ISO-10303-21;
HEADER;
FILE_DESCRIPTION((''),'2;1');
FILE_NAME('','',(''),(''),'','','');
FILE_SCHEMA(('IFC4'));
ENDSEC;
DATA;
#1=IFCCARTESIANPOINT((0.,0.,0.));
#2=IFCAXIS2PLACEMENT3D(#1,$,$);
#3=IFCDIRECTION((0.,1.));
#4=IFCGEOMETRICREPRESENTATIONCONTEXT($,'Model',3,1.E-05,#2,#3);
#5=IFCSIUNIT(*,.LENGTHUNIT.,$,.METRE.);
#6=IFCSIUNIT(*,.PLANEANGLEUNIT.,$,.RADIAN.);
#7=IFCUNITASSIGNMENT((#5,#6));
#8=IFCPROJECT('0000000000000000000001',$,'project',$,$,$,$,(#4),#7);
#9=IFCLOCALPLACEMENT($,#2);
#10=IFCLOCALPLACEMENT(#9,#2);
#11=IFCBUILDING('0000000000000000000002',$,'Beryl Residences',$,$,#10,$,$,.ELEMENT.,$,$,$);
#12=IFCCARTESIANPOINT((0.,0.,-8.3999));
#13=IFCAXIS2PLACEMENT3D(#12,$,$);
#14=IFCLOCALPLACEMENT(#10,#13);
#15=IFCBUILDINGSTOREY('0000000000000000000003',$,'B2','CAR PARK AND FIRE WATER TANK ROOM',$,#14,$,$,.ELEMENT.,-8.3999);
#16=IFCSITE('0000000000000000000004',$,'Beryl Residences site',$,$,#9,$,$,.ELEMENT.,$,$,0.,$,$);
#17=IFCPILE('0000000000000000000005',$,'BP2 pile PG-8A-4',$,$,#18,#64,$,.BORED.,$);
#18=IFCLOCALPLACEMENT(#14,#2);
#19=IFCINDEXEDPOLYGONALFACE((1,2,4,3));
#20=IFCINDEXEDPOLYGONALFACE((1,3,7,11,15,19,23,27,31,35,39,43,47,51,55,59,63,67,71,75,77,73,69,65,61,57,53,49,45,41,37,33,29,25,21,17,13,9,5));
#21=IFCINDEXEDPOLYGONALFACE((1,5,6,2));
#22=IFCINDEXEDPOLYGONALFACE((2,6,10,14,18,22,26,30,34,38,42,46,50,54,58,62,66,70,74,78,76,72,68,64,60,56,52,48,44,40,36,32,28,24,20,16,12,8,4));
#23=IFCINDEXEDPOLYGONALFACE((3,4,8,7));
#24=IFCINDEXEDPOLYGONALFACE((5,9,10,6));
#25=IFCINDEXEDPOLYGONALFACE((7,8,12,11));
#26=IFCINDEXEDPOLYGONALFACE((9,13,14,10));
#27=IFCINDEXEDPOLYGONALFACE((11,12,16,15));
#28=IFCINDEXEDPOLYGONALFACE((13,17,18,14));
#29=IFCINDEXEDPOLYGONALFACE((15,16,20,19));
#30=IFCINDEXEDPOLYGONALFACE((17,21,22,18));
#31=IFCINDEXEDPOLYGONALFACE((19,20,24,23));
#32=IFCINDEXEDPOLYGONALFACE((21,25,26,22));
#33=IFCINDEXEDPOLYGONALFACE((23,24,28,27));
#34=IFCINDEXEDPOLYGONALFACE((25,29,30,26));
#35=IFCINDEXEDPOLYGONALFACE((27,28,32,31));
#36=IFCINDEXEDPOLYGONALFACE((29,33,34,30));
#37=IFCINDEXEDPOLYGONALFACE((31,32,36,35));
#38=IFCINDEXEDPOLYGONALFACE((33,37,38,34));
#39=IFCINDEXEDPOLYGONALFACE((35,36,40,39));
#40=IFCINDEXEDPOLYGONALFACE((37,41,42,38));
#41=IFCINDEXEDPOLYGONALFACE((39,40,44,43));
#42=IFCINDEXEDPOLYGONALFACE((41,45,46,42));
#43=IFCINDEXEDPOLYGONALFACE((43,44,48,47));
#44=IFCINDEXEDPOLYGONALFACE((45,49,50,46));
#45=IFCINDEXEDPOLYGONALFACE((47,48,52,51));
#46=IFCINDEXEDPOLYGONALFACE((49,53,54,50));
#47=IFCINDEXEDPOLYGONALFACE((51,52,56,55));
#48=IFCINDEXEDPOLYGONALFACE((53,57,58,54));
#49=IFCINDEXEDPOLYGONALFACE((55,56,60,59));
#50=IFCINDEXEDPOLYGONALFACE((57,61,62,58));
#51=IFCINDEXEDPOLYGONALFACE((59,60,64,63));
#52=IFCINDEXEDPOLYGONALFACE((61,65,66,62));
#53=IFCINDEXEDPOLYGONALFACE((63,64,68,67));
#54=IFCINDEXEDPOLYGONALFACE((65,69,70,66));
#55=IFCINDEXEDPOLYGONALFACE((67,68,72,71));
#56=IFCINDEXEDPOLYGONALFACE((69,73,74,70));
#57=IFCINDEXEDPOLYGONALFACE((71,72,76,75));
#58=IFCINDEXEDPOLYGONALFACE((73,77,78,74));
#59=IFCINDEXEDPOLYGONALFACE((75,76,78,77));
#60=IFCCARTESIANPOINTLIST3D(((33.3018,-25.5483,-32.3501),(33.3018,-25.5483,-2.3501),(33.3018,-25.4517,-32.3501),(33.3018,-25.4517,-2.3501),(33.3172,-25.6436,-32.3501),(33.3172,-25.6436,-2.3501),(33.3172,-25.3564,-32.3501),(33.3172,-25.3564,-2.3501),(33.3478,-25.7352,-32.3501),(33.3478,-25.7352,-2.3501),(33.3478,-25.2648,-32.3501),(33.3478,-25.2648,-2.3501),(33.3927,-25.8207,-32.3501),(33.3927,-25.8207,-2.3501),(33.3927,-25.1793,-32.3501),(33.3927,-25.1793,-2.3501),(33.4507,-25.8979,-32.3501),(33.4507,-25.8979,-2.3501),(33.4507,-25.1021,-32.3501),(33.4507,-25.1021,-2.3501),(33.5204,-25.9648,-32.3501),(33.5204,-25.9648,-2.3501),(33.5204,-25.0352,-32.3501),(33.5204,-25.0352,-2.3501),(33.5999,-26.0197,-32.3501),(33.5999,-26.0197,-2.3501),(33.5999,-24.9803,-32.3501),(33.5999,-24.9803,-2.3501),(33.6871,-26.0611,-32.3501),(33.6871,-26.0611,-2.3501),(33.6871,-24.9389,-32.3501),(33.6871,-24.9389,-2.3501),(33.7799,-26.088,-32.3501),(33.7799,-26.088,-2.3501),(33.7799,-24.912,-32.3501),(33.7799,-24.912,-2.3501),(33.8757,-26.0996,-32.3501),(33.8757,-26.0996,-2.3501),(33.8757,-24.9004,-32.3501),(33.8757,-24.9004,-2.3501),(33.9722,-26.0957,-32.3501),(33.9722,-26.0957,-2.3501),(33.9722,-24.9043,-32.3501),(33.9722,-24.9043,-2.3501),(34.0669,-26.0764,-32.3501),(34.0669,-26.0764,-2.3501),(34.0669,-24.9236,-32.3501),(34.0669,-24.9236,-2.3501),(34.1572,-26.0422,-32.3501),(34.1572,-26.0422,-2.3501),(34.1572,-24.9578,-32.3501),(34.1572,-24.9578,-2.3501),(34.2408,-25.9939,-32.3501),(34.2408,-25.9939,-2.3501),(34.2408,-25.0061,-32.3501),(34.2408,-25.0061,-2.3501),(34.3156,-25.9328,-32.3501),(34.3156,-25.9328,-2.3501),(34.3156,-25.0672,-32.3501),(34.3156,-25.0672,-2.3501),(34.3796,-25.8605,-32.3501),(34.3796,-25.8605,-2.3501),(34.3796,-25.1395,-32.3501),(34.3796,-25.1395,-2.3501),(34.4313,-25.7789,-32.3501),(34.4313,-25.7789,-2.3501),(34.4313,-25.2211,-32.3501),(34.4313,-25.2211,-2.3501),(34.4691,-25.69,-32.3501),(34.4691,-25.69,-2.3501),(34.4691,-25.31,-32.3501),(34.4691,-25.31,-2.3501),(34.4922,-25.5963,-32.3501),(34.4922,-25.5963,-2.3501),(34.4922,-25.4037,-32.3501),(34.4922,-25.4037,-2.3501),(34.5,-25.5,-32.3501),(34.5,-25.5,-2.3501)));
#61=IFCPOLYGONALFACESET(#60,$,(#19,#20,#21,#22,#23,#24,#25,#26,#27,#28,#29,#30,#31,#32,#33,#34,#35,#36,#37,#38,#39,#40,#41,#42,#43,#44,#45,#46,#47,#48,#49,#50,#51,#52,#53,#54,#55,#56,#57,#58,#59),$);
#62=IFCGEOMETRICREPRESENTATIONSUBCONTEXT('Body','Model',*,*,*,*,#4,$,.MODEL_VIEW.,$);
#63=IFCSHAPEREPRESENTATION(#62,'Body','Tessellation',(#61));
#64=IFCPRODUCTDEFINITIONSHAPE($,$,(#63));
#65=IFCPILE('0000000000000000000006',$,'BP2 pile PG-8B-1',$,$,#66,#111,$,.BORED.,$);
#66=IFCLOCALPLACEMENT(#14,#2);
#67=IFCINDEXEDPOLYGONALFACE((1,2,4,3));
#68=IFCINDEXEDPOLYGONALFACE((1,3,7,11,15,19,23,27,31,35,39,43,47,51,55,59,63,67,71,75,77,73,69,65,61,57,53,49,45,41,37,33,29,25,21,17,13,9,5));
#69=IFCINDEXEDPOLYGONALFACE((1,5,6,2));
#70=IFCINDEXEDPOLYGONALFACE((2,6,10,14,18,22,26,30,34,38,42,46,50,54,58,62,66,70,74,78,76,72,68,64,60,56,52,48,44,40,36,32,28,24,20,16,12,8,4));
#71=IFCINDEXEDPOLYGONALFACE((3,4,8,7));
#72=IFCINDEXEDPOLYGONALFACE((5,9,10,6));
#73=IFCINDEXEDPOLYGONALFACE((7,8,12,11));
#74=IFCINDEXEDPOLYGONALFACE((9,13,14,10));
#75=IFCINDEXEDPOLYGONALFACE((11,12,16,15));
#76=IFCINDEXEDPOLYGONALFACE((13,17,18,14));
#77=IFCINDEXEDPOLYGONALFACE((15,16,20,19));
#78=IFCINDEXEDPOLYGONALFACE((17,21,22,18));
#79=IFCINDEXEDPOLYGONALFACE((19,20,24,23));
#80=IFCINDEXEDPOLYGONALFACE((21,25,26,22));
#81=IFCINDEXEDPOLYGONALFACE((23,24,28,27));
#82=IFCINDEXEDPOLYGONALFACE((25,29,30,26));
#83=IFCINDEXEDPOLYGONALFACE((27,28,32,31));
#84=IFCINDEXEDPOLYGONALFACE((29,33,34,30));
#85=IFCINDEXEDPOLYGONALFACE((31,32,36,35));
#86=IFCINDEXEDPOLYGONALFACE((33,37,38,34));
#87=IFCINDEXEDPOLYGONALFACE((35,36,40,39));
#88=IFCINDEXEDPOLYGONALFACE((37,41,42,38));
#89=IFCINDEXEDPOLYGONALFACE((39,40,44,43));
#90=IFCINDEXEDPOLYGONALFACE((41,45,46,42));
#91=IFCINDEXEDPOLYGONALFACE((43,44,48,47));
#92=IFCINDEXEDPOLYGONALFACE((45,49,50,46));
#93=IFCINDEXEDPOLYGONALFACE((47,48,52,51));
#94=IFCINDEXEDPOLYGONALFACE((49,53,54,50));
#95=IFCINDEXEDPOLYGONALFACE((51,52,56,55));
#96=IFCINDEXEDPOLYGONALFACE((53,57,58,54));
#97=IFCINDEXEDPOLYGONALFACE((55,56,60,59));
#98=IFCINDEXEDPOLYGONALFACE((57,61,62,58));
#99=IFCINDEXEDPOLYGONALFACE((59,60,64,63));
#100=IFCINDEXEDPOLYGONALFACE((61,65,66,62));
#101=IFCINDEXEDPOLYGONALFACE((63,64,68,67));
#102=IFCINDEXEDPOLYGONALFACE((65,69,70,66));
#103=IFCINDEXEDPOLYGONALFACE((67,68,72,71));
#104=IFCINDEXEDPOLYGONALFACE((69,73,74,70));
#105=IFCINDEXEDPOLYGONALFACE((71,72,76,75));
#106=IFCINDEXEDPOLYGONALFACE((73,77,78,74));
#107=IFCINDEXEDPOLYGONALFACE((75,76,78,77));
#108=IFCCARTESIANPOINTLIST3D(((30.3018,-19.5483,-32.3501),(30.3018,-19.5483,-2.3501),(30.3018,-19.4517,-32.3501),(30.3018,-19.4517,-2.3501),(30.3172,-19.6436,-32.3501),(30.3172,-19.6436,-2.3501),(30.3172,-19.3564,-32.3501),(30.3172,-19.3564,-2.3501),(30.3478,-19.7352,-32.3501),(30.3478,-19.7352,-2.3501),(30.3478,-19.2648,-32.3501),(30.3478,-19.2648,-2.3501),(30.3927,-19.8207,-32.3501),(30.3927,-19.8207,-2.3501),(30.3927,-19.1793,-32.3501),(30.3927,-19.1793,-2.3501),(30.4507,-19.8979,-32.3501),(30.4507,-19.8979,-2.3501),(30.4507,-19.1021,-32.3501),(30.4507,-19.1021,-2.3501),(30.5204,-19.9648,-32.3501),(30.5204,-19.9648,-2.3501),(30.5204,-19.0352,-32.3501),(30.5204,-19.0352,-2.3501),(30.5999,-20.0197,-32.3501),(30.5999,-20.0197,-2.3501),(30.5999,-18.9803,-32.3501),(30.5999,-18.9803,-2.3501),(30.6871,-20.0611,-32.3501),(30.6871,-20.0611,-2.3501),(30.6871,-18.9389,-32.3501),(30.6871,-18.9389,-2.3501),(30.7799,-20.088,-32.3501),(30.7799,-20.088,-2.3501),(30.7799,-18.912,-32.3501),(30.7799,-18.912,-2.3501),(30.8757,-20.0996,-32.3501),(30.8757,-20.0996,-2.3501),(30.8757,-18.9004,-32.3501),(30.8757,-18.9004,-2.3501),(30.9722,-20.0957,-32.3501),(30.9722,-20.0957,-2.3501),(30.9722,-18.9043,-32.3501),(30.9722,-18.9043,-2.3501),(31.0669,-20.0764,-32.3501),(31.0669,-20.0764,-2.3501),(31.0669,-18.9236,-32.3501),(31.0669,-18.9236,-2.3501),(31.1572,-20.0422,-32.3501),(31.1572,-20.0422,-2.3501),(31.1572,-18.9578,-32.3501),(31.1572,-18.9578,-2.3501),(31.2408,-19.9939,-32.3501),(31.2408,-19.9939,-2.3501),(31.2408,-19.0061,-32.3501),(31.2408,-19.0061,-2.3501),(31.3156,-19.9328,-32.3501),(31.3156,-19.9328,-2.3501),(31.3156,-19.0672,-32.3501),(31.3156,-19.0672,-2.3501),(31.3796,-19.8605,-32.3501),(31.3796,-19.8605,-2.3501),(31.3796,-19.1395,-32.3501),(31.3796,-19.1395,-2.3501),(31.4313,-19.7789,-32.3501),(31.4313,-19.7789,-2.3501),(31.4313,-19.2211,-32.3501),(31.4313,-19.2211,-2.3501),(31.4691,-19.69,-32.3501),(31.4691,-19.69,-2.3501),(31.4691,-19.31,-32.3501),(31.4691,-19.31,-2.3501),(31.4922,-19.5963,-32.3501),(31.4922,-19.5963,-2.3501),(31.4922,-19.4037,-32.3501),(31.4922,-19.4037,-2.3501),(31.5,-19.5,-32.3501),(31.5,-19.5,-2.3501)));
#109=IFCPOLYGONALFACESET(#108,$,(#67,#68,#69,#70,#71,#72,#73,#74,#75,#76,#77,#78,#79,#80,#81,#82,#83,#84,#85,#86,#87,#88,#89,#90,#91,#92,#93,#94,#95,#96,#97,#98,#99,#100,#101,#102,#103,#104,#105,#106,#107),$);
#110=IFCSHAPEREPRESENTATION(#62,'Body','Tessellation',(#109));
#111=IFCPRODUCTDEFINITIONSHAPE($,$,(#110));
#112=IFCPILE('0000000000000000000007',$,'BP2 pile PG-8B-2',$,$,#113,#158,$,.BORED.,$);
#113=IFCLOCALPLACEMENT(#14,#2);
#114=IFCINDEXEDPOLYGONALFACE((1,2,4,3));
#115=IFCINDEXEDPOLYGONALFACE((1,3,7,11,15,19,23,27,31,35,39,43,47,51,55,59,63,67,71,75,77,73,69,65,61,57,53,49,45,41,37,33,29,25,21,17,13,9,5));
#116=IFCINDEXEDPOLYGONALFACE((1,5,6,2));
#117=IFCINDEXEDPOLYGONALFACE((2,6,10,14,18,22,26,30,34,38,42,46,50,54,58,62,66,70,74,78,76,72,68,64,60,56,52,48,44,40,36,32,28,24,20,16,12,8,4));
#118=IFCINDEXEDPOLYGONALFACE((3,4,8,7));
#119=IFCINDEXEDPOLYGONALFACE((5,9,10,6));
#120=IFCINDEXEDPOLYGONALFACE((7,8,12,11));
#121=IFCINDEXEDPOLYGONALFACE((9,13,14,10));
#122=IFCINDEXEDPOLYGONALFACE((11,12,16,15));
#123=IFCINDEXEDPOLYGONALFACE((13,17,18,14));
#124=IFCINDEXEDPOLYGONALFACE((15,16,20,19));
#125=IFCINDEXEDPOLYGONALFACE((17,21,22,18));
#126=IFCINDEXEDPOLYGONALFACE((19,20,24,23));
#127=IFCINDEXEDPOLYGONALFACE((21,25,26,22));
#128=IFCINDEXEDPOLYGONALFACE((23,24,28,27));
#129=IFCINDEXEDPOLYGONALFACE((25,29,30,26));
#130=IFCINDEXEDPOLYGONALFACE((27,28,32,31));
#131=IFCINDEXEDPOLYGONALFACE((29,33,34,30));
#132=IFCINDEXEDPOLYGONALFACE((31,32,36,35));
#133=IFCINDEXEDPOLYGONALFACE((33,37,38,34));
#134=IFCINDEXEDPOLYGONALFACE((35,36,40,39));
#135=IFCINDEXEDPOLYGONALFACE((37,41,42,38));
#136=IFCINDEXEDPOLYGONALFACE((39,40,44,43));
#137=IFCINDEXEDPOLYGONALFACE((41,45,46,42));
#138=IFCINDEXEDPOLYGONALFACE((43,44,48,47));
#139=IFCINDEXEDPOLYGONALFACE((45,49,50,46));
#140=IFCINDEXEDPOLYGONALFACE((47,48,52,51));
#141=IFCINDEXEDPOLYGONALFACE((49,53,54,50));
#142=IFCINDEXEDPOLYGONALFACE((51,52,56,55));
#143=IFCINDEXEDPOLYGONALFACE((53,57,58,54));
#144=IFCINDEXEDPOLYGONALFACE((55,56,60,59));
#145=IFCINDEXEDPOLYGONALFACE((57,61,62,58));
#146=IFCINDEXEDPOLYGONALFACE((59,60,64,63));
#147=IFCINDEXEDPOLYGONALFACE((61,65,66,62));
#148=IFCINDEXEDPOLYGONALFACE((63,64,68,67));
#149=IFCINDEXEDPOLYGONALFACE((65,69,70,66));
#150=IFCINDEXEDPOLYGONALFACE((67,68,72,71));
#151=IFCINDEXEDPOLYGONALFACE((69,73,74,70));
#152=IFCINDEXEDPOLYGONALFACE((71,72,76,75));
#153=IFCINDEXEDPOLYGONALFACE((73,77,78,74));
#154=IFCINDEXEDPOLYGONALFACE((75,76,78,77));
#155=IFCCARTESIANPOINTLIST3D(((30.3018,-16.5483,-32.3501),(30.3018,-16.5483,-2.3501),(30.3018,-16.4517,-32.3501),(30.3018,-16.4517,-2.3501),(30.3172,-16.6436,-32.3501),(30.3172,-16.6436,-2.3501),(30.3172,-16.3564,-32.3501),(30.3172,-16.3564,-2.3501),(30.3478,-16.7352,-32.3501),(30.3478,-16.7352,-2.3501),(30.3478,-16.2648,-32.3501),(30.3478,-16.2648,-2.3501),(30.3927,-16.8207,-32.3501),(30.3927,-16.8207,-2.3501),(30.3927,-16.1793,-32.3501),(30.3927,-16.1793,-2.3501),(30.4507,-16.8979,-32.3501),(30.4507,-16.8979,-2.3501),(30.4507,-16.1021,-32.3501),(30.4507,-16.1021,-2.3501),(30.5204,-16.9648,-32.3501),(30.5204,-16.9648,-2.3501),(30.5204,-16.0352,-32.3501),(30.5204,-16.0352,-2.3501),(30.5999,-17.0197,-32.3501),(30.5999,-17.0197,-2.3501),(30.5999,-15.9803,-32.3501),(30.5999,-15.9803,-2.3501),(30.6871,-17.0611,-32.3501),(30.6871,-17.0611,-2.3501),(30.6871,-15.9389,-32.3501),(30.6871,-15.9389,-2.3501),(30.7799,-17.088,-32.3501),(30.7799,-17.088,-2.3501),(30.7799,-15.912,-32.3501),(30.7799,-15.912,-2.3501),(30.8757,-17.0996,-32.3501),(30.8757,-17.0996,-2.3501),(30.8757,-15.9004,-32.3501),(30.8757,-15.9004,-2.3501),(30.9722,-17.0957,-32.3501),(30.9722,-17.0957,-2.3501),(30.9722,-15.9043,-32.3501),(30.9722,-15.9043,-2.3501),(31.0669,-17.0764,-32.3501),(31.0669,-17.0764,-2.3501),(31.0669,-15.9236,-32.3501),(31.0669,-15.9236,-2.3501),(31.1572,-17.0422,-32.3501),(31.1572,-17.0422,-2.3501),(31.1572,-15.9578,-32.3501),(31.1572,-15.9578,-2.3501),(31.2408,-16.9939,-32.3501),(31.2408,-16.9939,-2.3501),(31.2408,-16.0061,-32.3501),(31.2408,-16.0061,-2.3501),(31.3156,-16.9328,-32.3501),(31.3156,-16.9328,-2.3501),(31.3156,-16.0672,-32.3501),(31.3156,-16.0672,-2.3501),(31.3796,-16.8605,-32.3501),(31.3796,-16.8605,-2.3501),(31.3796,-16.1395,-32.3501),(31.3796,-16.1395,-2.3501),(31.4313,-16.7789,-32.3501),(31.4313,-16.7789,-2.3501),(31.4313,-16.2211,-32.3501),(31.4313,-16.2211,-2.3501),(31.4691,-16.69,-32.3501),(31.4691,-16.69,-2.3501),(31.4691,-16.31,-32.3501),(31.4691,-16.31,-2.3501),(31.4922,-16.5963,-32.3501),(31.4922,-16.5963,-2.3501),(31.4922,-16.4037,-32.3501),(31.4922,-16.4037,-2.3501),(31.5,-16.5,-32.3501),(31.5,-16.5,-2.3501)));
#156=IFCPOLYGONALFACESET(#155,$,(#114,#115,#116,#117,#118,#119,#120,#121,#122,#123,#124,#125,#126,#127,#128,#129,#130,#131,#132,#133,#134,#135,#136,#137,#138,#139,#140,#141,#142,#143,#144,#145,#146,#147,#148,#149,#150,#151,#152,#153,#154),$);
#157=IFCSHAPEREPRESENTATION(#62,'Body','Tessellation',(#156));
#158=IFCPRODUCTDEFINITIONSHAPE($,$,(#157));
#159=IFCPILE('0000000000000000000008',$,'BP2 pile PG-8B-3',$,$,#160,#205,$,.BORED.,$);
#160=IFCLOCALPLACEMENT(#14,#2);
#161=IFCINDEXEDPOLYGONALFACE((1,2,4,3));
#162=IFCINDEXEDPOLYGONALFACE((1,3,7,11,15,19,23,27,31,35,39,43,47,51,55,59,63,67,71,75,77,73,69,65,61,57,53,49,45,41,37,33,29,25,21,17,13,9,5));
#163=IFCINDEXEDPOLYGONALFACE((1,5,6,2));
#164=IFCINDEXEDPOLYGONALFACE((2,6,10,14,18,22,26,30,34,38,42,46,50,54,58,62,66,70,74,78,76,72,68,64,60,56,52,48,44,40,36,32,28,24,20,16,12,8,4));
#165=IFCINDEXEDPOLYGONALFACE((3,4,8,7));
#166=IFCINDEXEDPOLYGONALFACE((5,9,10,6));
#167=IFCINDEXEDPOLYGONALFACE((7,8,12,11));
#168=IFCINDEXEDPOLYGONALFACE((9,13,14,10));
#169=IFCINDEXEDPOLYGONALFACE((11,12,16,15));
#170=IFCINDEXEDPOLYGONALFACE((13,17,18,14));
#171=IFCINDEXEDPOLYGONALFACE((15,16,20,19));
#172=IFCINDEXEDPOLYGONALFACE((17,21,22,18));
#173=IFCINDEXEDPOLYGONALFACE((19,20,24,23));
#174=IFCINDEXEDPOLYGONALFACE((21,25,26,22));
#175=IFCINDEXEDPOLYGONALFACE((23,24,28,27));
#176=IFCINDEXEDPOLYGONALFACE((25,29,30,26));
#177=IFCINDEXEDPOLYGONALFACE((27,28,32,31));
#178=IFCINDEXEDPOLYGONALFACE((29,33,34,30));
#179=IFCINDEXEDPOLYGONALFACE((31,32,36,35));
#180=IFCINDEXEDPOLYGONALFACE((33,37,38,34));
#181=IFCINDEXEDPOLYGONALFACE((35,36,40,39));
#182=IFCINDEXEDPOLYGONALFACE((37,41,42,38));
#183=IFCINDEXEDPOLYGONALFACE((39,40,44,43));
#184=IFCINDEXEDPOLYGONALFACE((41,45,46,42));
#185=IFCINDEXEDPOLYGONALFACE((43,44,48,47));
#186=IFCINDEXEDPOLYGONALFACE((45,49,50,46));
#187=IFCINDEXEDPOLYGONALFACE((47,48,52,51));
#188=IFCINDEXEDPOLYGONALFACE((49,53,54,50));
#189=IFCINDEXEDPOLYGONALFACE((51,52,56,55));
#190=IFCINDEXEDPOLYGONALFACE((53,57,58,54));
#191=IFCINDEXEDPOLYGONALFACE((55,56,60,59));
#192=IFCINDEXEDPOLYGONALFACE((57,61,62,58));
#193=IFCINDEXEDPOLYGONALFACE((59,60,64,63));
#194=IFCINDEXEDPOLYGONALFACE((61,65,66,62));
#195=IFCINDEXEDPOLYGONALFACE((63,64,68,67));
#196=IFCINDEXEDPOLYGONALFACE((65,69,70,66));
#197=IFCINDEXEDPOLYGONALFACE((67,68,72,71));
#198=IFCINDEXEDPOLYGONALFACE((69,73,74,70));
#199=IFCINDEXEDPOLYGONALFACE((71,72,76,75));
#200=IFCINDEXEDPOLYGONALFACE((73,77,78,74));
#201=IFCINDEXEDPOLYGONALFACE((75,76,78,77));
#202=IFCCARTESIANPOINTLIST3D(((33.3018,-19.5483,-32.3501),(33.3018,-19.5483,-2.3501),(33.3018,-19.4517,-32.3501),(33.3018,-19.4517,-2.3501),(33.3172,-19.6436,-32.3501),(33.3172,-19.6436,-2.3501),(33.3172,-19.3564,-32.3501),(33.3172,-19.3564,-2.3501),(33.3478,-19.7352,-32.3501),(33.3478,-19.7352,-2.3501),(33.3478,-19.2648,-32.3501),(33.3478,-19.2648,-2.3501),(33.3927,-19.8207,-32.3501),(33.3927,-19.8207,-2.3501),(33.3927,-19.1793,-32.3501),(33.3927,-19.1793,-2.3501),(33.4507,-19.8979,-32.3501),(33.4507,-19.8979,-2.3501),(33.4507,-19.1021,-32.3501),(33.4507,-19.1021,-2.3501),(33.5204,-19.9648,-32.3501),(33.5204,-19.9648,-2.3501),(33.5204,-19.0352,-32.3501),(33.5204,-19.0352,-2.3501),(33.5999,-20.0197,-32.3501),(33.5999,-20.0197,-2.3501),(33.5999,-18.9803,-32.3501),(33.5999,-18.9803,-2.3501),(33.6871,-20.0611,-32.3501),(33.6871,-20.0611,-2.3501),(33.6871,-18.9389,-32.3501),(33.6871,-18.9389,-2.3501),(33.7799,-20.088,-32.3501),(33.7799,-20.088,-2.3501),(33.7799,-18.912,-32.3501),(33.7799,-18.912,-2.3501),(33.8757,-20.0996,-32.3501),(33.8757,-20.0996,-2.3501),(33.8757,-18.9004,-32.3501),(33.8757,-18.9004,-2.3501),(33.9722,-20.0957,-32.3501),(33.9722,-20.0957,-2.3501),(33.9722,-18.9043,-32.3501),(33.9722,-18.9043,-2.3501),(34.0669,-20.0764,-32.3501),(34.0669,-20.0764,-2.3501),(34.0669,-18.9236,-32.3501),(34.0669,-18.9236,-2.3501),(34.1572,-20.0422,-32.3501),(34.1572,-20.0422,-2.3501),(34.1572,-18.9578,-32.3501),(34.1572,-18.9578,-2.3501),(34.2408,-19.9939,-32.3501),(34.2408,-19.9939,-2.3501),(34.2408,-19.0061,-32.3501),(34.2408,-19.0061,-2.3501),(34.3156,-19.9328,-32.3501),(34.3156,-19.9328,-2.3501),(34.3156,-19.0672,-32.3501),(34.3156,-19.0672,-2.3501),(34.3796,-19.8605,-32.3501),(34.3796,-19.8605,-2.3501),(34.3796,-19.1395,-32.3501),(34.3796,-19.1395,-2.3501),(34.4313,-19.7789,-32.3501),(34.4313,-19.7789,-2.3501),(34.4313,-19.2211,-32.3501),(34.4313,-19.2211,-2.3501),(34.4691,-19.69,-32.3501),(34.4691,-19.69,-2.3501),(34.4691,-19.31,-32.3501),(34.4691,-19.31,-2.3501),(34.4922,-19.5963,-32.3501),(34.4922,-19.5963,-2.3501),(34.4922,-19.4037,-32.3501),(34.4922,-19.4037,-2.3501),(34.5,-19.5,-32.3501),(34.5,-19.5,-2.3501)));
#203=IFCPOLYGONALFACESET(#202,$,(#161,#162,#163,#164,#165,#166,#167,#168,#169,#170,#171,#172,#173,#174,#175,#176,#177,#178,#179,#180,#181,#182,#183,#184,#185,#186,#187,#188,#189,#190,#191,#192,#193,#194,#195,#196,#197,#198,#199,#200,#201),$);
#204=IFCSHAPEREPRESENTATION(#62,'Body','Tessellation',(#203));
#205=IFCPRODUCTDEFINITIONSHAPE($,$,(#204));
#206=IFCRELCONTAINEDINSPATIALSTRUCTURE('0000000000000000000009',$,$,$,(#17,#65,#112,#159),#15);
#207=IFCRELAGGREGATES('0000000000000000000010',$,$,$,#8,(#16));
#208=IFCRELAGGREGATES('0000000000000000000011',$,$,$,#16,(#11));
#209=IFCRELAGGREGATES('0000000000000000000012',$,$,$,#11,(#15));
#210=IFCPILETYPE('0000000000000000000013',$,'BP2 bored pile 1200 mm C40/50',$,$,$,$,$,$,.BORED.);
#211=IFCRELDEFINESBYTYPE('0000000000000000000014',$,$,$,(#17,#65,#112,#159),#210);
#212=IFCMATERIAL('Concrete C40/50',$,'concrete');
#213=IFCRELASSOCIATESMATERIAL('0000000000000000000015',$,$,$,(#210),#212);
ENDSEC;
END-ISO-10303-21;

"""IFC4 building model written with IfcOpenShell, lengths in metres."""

from ifc_helpers import new_model, si_unit, direction, frame, origin, origin_2d, place, context, subcontext, project, spatial, circle, extrude, material, material_profile, profile_set, type_object, element, save


model = new_model("IFC4")

# Units and contexts
model_context = context("Model", 3, precision=1e-05, world=origin(), true_north=direction((0.0, 1.0)))
body_context = subcontext(model_context, "Body", "Model", "MODEL_VIEW")
ifc_project = project(units=[si_unit("LENGTHUNIT", "METRE"), si_unit("PLANEANGLEUNIT", "RADIAN")], contexts=[model_context])

# Site, building, storey
site_placement = place(None, origin())
site = spatial("IfcSite", under=ifc_project, at=site_placement, Name="Beryl Residences site", CompositionType="ELEMENT", RefElevation=0.0)
building_placement = place(site_placement, origin())
building = spatial("IfcBuilding", under=site, at=building_placement, Name="Beryl Residences", CompositionType="ELEMENT")
storey_placement = place(building_placement, frame((0.0, 0.0, -8.3999)))
storey = spatial("IfcBuildingStorey", under=building, at=storey_placement, Name="B2", Description="CAR PARK AND FIRE WATER TANK ROOM", CompositionType="ELEMENT", Elevation=-8.3999)

# Piles
ifc_material_1 = material(Name="Concrete C40/50", Category="concrete")
ifc_material_profile_1 = material_profile(ifc_material_1, circle(Radius=0.6001, at=origin_2d()))
ifc_profile_set_1 = profile_set([ifc_material_profile_1], Name="Concrete C40/50")
pile_type_1 = type_object("IfcPileType", Name="BP2 bored pile 1200 mm C40/50", PredefinedType="BORED", material=ifc_profile_set_1)
for number, where, z_axis, x_axis, name in (
    (1, (33.8999, -25.5, -2.3501), (0.0, 0.0, -1.0), (1.0, 0.0, 0.0), "BP2 pile PG-8A-4"),
    (2, (30.8999, -19.5, -2.3501), (0.0, 0.0, -1.0), (1.0, 0.0, 0.0), "BP2 pile PG-8B-1"),
    (3, (30.8999, -16.5, -2.3501), (0.0, 0.0, -1.0), (1.0, 0.0, 0.0), "BP2 pile PG-8B-2"),
    (4, (33.8999, -19.5, -2.3501), (0.0, 0.0, -1.0), (1.0, 0.0, 0.0), "BP2 pile PG-8B-3"),
):
    element("IfcPile", number, at=place(storey_placement, frame(where, z_axis=z_axis, x_axis=x_axis)), inside=storey, type_object=pile_type_1, Name=name, PredefinedType="BORED", context=body_context, shape_type="SweptSolid", body=[
        extrude(circle(Radius=0.6001, at=origin_2d()), origin(), (0.0, 0.0, 1.0), 30.0),
    ])

save(model, "model.ifc")
